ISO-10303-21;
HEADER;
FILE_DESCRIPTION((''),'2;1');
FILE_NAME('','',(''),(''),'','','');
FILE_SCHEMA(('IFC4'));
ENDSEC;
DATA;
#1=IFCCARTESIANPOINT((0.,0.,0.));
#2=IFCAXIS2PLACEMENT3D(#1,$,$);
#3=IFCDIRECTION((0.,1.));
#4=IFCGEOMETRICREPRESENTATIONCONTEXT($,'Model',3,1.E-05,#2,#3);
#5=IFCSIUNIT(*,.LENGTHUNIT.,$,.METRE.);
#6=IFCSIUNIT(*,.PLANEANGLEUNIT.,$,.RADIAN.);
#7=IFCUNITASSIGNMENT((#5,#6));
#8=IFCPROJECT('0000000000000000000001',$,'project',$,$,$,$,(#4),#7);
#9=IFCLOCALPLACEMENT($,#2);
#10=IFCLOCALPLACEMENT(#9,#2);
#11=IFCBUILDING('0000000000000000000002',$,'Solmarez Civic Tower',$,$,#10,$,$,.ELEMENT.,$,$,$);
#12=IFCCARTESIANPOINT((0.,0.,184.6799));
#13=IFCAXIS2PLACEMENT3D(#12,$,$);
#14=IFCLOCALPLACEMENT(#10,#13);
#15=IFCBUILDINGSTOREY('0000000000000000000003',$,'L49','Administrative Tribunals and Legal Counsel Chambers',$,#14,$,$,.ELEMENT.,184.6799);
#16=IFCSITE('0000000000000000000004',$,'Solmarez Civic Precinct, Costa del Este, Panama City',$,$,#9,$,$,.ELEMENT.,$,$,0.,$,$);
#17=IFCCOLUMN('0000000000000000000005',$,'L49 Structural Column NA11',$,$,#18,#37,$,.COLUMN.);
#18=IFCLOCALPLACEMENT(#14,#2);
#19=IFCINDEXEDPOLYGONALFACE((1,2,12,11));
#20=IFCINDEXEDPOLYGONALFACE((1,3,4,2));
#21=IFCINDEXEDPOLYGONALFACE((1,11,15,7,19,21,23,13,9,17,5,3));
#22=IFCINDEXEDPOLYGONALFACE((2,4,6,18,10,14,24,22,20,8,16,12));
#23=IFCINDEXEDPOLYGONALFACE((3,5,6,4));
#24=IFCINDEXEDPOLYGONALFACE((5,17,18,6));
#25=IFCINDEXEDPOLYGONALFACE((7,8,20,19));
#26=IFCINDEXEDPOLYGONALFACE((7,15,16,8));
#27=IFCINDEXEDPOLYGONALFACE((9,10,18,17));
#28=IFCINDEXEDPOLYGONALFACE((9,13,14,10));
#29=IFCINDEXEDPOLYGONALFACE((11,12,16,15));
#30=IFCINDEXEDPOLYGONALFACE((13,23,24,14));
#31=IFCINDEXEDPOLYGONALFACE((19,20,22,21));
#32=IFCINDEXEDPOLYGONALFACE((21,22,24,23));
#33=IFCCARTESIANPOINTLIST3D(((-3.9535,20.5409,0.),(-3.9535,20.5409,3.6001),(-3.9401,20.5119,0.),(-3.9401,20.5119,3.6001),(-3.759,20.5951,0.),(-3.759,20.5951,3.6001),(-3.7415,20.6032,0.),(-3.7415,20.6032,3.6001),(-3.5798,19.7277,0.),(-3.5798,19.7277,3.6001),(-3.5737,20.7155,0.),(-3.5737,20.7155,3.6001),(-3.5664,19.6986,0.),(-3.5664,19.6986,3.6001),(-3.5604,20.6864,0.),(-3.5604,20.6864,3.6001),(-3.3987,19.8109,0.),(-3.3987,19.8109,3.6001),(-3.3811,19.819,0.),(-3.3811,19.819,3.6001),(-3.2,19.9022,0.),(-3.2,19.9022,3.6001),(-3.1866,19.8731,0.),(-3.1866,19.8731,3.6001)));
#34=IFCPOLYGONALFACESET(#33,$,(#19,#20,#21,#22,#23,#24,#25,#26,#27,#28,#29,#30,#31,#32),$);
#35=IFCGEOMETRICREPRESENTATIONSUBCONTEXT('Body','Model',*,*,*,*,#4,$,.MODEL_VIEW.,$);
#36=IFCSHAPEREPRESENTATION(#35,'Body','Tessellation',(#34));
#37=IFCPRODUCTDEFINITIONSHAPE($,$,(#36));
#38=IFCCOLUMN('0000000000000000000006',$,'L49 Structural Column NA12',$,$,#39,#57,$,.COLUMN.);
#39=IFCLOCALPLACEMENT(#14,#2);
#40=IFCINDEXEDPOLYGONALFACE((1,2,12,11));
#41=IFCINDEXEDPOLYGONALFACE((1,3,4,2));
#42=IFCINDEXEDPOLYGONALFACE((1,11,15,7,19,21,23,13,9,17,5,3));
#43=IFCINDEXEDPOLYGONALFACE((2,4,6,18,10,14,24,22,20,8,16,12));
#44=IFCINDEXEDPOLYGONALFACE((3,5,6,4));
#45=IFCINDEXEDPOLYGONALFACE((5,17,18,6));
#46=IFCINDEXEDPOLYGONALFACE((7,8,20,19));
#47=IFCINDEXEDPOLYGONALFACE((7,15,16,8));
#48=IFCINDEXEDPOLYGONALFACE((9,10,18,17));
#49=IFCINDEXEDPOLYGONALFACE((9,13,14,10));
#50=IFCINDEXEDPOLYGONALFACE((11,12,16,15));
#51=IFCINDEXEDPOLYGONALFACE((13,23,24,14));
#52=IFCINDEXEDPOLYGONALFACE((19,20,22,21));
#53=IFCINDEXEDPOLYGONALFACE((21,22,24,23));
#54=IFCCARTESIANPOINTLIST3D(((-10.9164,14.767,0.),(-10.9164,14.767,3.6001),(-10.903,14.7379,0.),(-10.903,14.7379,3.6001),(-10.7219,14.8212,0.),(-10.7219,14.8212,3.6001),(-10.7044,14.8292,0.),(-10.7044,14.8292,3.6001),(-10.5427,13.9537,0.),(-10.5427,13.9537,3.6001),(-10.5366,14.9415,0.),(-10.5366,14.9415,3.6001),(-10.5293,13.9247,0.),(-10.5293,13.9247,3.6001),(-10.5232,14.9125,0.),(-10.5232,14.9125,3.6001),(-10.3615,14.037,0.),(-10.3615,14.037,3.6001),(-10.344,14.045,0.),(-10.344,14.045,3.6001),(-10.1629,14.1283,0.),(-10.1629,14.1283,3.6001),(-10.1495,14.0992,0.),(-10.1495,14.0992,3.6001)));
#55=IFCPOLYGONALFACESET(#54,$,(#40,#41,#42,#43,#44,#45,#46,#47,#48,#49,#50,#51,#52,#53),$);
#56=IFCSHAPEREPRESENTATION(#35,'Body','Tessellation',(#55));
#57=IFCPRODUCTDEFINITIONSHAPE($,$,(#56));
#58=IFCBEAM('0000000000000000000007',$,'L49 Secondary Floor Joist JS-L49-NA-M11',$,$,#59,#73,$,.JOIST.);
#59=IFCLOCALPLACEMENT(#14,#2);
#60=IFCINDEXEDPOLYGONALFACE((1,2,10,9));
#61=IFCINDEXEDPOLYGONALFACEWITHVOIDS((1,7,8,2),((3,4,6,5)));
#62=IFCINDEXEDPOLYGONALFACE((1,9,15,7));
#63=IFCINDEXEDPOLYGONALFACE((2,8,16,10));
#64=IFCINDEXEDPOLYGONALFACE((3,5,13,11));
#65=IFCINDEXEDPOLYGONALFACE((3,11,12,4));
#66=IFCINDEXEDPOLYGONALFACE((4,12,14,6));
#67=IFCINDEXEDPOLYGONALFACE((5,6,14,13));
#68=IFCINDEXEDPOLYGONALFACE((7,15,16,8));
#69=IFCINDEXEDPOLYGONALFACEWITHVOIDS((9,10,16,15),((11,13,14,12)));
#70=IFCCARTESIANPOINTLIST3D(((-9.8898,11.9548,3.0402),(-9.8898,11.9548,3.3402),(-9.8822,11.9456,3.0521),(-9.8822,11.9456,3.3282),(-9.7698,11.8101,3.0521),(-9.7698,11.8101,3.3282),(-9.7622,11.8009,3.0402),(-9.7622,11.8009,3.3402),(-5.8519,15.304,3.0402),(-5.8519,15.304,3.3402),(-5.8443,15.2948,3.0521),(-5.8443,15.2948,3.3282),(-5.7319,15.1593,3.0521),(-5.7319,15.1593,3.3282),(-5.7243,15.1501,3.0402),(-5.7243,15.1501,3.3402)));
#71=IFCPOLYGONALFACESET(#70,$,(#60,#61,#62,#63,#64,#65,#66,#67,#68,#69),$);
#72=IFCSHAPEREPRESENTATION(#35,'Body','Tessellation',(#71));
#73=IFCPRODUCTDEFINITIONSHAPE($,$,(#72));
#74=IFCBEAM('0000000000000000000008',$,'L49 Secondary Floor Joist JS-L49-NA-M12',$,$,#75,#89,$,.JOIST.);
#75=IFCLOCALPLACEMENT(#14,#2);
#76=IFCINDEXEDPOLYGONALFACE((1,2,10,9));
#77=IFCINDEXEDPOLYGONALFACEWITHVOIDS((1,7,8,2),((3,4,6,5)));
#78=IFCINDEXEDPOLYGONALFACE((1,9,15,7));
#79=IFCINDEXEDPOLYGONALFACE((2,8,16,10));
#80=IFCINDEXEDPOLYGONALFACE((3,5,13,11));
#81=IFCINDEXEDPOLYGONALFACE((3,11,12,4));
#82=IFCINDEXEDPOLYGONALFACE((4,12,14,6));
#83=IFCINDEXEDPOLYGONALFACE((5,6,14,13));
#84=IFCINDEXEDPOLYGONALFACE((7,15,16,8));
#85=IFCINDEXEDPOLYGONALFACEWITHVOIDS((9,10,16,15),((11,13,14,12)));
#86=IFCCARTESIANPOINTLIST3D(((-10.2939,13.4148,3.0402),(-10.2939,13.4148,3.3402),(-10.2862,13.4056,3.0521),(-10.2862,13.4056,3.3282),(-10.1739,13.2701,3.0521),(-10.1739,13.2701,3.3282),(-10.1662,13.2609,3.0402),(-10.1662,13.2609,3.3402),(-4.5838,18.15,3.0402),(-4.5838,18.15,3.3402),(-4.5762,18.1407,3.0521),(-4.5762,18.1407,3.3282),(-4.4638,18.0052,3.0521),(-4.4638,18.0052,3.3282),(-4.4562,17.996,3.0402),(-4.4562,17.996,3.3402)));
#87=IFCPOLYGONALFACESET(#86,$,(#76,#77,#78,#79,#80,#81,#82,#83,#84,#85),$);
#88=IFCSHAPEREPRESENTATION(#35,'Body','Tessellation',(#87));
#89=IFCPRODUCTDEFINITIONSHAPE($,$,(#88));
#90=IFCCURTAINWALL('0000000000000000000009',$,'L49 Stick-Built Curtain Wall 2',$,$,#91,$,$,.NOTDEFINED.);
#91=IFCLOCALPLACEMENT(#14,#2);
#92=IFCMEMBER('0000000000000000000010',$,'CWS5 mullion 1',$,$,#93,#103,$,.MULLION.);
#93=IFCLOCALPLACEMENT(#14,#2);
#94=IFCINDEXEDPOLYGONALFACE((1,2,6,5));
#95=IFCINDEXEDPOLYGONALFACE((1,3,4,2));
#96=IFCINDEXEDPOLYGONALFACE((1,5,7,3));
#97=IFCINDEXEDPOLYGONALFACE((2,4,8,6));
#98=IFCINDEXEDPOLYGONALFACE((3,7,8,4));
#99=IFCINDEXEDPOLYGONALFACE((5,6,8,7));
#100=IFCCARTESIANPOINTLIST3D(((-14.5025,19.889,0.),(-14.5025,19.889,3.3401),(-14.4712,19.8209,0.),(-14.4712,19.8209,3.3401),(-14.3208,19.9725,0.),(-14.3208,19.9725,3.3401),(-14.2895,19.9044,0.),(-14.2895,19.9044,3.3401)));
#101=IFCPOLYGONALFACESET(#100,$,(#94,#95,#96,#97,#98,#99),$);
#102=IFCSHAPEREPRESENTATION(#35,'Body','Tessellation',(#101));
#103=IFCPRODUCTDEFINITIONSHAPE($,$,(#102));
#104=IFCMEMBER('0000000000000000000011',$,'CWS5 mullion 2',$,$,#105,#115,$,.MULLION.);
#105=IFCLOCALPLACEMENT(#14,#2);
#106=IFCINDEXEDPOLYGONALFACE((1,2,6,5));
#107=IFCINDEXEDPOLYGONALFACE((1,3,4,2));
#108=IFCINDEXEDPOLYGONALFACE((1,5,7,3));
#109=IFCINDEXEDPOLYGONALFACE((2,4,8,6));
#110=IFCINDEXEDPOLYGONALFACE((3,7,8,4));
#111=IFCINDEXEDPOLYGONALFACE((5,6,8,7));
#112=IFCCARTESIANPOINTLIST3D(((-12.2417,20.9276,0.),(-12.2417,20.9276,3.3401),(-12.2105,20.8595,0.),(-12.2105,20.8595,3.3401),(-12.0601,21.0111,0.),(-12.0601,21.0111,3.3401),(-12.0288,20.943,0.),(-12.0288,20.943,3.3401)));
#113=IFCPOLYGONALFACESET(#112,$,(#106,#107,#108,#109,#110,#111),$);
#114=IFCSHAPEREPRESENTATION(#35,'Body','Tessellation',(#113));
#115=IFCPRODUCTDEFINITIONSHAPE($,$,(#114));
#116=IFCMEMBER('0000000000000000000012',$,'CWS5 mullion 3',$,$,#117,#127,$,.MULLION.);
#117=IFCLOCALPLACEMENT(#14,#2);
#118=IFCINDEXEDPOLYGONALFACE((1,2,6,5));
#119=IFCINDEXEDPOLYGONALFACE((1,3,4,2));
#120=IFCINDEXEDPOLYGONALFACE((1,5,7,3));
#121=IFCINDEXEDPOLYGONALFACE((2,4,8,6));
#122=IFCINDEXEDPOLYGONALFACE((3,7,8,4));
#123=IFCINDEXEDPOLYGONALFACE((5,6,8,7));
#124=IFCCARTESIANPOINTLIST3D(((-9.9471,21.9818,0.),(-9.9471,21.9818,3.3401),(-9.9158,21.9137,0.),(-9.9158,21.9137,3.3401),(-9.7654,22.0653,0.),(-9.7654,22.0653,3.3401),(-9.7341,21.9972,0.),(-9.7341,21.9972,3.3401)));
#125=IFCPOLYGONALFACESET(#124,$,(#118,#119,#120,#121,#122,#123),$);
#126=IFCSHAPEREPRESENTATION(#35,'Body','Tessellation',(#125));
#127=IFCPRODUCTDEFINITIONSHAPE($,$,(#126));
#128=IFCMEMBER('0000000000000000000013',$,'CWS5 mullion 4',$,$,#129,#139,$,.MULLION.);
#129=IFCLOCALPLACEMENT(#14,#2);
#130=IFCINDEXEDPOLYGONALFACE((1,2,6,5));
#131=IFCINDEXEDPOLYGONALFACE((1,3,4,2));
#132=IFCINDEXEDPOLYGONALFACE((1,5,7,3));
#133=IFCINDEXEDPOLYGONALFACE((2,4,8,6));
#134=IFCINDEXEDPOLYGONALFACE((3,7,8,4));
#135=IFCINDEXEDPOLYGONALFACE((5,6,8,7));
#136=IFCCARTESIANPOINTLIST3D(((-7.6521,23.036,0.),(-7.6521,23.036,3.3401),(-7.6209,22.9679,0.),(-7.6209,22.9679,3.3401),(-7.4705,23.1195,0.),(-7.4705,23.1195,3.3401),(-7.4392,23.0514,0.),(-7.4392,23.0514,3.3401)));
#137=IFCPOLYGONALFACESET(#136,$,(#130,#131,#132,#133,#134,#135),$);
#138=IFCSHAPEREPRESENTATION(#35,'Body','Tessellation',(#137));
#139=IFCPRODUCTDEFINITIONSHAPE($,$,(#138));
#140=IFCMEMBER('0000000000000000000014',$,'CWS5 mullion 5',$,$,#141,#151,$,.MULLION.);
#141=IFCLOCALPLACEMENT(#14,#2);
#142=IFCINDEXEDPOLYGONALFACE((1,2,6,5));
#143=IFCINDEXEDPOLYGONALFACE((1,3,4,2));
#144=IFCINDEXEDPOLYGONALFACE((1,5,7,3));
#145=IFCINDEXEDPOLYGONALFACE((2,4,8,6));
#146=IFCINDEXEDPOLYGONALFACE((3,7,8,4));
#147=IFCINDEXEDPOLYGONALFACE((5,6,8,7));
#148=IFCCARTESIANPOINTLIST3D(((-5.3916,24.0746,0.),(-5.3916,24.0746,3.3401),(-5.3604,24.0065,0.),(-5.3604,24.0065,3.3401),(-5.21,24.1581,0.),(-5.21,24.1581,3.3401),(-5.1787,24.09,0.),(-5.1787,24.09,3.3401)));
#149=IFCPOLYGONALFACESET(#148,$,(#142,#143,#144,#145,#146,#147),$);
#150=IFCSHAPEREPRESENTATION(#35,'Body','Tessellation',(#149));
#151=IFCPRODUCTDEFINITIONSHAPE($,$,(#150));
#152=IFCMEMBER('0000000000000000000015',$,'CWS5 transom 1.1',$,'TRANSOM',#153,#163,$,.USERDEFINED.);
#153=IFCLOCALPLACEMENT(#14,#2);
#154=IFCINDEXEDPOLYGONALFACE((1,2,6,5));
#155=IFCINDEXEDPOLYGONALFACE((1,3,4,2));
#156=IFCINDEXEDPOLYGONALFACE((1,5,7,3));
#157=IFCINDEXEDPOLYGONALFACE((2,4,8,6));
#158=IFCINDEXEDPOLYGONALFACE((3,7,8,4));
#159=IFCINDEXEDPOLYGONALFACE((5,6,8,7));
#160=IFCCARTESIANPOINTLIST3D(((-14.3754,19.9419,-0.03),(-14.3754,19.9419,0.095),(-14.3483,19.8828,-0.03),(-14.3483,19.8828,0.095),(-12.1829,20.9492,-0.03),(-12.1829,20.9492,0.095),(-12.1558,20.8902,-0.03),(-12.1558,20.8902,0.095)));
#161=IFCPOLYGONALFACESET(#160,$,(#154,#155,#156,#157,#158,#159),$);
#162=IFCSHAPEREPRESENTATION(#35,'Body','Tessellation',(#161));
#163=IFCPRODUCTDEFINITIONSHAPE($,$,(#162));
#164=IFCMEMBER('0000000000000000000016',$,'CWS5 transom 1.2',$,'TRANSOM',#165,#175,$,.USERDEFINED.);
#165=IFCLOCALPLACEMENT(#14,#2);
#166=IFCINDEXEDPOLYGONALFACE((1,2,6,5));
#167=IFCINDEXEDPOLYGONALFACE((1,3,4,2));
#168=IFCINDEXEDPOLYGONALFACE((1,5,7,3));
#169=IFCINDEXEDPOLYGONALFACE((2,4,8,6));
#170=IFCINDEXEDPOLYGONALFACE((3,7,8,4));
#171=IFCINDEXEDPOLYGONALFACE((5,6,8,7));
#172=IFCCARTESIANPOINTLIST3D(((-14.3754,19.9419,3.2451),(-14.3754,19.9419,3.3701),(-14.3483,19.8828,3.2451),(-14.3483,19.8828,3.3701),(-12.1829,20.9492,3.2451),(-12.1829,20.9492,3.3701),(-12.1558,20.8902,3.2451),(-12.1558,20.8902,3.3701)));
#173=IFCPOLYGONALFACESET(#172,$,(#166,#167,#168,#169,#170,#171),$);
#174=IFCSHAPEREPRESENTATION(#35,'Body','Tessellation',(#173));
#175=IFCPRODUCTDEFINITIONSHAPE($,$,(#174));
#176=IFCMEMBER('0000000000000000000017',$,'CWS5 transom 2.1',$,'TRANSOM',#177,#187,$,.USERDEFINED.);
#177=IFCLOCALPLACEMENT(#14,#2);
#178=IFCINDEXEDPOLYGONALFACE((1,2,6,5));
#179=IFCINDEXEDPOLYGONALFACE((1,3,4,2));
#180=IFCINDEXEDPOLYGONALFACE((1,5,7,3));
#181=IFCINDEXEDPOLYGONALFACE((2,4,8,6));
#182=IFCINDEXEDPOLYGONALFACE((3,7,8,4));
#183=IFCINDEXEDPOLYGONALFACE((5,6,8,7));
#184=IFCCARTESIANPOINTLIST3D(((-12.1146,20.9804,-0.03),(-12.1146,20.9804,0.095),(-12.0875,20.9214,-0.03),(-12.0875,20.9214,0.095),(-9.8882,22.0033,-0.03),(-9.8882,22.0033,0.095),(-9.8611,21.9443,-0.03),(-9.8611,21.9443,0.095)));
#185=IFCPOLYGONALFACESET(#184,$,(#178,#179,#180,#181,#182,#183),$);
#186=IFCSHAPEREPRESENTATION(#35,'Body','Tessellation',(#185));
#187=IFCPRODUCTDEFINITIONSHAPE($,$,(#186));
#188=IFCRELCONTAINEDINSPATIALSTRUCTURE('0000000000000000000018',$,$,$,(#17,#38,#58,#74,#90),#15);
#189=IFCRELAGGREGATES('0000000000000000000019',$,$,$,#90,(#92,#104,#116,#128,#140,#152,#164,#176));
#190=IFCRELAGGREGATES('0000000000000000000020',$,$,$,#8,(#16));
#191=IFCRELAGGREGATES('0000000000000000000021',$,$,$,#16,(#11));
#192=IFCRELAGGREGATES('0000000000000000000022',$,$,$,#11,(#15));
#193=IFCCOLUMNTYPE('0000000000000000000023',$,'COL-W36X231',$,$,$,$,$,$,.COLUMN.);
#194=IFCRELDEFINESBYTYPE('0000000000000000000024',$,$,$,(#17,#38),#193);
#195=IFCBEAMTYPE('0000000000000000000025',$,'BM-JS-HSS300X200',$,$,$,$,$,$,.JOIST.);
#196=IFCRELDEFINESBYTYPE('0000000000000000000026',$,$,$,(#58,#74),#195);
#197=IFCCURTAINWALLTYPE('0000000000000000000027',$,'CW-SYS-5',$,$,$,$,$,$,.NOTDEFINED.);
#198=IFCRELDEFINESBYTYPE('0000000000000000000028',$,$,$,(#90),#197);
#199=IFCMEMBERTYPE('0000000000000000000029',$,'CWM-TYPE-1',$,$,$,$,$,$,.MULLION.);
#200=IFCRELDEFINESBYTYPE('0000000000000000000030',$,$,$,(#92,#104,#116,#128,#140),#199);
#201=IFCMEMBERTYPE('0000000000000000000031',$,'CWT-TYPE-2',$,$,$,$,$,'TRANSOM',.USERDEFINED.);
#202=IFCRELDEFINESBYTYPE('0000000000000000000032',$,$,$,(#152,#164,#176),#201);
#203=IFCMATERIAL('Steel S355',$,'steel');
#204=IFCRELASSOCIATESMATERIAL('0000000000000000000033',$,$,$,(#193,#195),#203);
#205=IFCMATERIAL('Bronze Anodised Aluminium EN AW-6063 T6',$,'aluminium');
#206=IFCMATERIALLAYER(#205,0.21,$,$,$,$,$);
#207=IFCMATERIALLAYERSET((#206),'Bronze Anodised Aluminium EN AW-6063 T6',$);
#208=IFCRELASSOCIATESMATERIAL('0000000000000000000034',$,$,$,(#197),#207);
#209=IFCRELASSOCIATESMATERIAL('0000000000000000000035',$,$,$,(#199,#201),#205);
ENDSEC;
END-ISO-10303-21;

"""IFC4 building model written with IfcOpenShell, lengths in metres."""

from ifc_helpers import new_model, si_unit, direction, frame, origin, origin_2d, place, context, subcontext, project, spatial, rectangle, hollow_rectangle, i_section, extrude, material, layer, layer_set, material_profile, profile_set, type_object, element, aggregate, save


model = new_model("IFC4")

# Units and contexts
model_context = context("Model", 3, precision=1e-05, world=origin(), true_north=direction((0.0, 1.0)))
body_context = subcontext(model_context, "Body", "Model", "MODEL_VIEW")
ifc_project = project(units=[si_unit("LENGTHUNIT", "METRE"), si_unit("PLANEANGLEUNIT", "RADIAN")], contexts=[model_context])

# Site, building, storey
site_placement = place(None, origin())
site = spatial("IfcSite", under=ifc_project, at=site_placement, Name="Solmarez Civic Precinct, Costa del Este, Panama City", CompositionType="ELEMENT", RefElevation=0.0)
building_placement = place(site_placement, origin())
building = spatial("IfcBuilding", under=site, at=building_placement, Name="Solmarez Civic Tower", CompositionType="ELEMENT")
storey_placement = place(building_placement, frame((0.0, 0.0, 184.6799)))
storey = spatial("IfcBuildingStorey", under=building, at=storey_placement, Name="L49", Description="Administrative Tribunals and Legal Counsel Chambers", CompositionType="ELEMENT", Elevation=184.6799)

# Columns
ifc_material_1 = material(Name="Steel S355", Category="steel")
ifc_material_profile_1 = material_profile(ifc_material_1, i_section(OverallWidth=0.418, OverallDepth=0.927, WebThickness=0.0193, FlangeThickness=0.032, at=origin_2d()), Name="W36X231")
ifc_profile_set_1 = profile_set([ifc_material_profile_1], Name="Steel S355")
column_type = type_object("IfcColumnType", Name="COL-W36X231", PredefinedType="COLUMN", material=ifc_profile_set_1)
for number, where, z_axis, x_axis, name in (
    (1, (-3.5701, 20.207, 0.0), (0.0, 0.0, 1.0), (0.908654, 0.41755, 0.0), "L49 Structural Column NA11"),
    (2, (-10.533, 14.4331, 0.0), (0.0, 0.0, 1.0), (0.908654, 0.41755, 0.0), "L49 Structural Column NA12"),
):
    element("IfcColumn", number, at=place(storey_placement, frame(where, z_axis=z_axis, x_axis=x_axis)), inside=storey, type_object=column_type, Name=name, PredefinedType="COLUMN", context=body_context, shape_type="SweptSolid", body=[
        extrude(i_section(OverallWidth=0.418, OverallDepth=0.927, WebThickness=0.0193, FlangeThickness=0.032, at=origin_2d()), origin(), (0.0, 0.0, 1.0), 3.6001),
    ])

# Beams
ifc_material_profile_2 = material_profile(ifc_material_1, hollow_rectangle(XDim=0.2, YDim=0.3, WallThickness=0.012, at=origin_2d()), Name="HSS300X200X12")
ifc_profile_set_2 = profile_set([ifc_material_profile_2], Name="Steel S355")
beam_type = type_object("IfcBeamType", Name="BM-JS-HSS300X200", PredefinedType="JOIST", material=ifc_profile_set_2)
beam_1_placement = place(storey_placement, frame((-5.7881, 15.2271, 3.1902), z_axis=(-0.769695, -0.638411, 0.0), x_axis=(0.638411, -0.769695, 0.0)))
element("IfcBeam", 3, at=beam_1_placement, inside=storey, type_object=beam_type, Name="L49 Secondary Floor Joist JS-L49-NA-M11", PredefinedType="JOIST", context=body_context, shape_type="SweptSolid", body=[
    extrude(hollow_rectangle(XDim=0.2, YDim=0.3, WallThickness=0.012, at=origin_2d()), origin(), (0.0, 0.0, 1.0), 5.2461),
])
beam_2_placement = place(storey_placement, frame((-4.52, 18.073, 3.1902), z_axis=(-0.769757, -0.638337, 0.0), x_axis=(0.638337, -0.769757, 0.0)))
element("IfcBeam", 4, at=beam_2_placement, inside=storey, type_object=beam_type, Name="L49 Secondary Floor Joist JS-L49-NA-M12", PredefinedType="JOIST", context=body_context, shape_type="SweptSolid", body=[
    extrude(hollow_rectangle(XDim=0.2, YDim=0.3, WallThickness=0.012, at=origin_2d()), origin(), (0.0, 0.0, 1.0), 7.418),
])

# Curtain wall, members
ifc_material_2 = material(Name="Bronze Anodised Aluminium EN AW-6063 T6", Category="aluminium")
ifc_layer_1 = layer(ifc_material_2, 0.21)
ifc_layer_set_1 = layer_set([ifc_layer_1], Name="Bronze Anodised Aluminium EN AW-6063 T6")
curtain_wall_type = type_object("IfcCurtainWallType", Name="CW-SYS-5", PredefinedType="NOTDEFINED", material=ifc_layer_set_1)
curtain_wall_placement = place(storey_placement, origin())
curtain_wall = element("IfcCurtainWall", 5, at=curtain_wall_placement, inside=storey, type_object=curtain_wall_type, Name="L49 Stick-Built Curtain Wall 2", PredefinedType="NOTDEFINED")
ifc_material_profile_3 = material_profile(ifc_material_2, rectangle(XDim=0.075, YDim=0.2, at=origin_2d()), Name="CWM-75X200")
ifc_profile_set_3 = profile_set([ifc_material_profile_3], Name="Bronze Anodised Aluminium EN AW-6063 T6")
member_type_1 = type_object("IfcMemberType", Name="CWM-TYPE-1", PredefinedType="MULLION", material=ifc_profile_set_3)
member_1_placement = place(storey_placement, frame((-14.396, 19.8967, 0.0), z_axis=(0.0, 0.0, 1.0), x_axis=(-0.417469, 0.908691, 0.0)))
member_1 = element("IfcMember", 6, at=member_1_placement, type_object=member_type_1, Name="CWS5 mullion 1", PredefinedType="MULLION", context=body_context, shape_type="SweptSolid", body=[
    extrude(rectangle(XDim=0.075, YDim=0.2, at=origin_2d()), origin(), (0.0, 0.0, 1.0), 3.3401),
])
member_2_placement = place(storey_placement, frame((-12.1353, 20.9353, 0.0), z_axis=(0.0, 0.0, 1.0), x_axis=(-0.417469, 0.908691, 0.0)))
member_2 = element("IfcMember", 7, at=member_2_placement, type_object=member_type_1, Name="CWS5 mullion 2", PredefinedType="MULLION", context=body_context, shape_type="SweptSolid", body=[
    extrude(rectangle(XDim=0.075, YDim=0.2, at=origin_2d()), origin(), (0.0, 0.0, 1.0), 3.3401),
])
member_3_placement = place(storey_placement, frame((-9.8406, 21.9895, 0.0), z_axis=(0.0, 0.0, 1.0), x_axis=(-0.417469, 0.908691, 0.0)))
member_3 = element("IfcMember", 8, at=member_3_placement, type_object=member_type_1, Name="CWS5 mullion 3", PredefinedType="MULLION", context=body_context, shape_type="SweptSolid", body=[
    extrude(rectangle(XDim=0.075, YDim=0.2, at=origin_2d()), origin(), (0.0, 0.0, 1.0), 3.3401),
])
member_4_placement = place(storey_placement, frame((-7.5457, 23.0437, 0.0), z_axis=(0.0, 0.0, 1.0), x_axis=(-0.417469, 0.908691, 0.0)))
member_4 = element("IfcMember", 9, at=member_4_placement, type_object=member_type_1, Name="CWS5 mullion 4", PredefinedType="MULLION", context=body_context, shape_type="SweptSolid", body=[
    extrude(rectangle(XDim=0.075, YDim=0.2, at=origin_2d()), origin(), (0.0, 0.0, 1.0), 3.3401),
])
member_5_placement = place(storey_placement, frame((-5.2852, 24.0823, 0.0), z_axis=(0.0, 0.0, 1.0), x_axis=(-0.417469, 0.908691, 0.0)))
member_5 = element("IfcMember", 10, at=member_5_placement, type_object=member_type_1, Name="CWS5 mullion 5", PredefinedType="MULLION", context=body_context, shape_type="SweptSolid", body=[
    extrude(rectangle(XDim=0.075, YDim=0.2, at=origin_2d()), origin(), (0.0, 0.0, 1.0), 3.3401),
])
ifc_material_profile_4 = material_profile(ifc_material_2, rectangle(XDim=0.0649, YDim=0.125, at=origin_2d()), Name="CWT-65X125")
ifc_profile_set_4 = profile_set([ifc_material_profile_4], Name="Bronze Anodised Aluminium EN AW-6063 T6")
member_type_2 = type_object("IfcMemberType", Name="CWT-TYPE-2", ElementType="TRANSOM", PredefinedType="USERDEFINED", material=ifc_profile_set_4)
member_6_placement = place(storey_placement, frame((-14.3618, 19.9124, 0.0325), z_axis=(0.908675, 0.417505, 0.0), x_axis=(-0.417505, 0.908675, 0.0)))
member_6 = element("IfcMember", 11, at=member_6_placement, type_object=member_type_2, Name="CWS5 transom 1.1", ObjectType="TRANSOM", PredefinedType="USERDEFINED", context=body_context, shape_type="SweptSolid", body=[
    extrude(rectangle(XDim=0.0649, YDim=0.125, at=origin_2d()), origin(), (0.0, 0.0, 1.0), 2.4128),
])
member_7_placement = place(storey_placement, frame((-14.3618, 19.9124, 3.3076), z_axis=(0.908675, 0.417505, 0.0), x_axis=(-0.417505, 0.908675, 0.0)))
member_7 = element("IfcMember", 12, at=member_7_placement, type_object=member_type_2, Name="CWS5 transom 1.2", ObjectType="TRANSOM", PredefinedType="USERDEFINED", context=body_context, shape_type="SweptSolid", body=[
    extrude(rectangle(XDim=0.0649, YDim=0.125, at=origin_2d()), origin(), (0.0, 0.0, 1.0), 2.4128),
])
member_8_placement = place(storey_placement, frame((-12.1011, 20.9509, 0.0325), z_axis=(0.908687, 0.417478, 0.0), x_axis=(-0.417478, 0.908687, 0.0)))
member_8 = element("IfcMember", 13, at=member_8_placement, type_object=member_type_2, Name="CWS5 transom 2.1", ObjectType="TRANSOM", PredefinedType="USERDEFINED", context=body_context, shape_type="SweptSolid", body=[
    extrude(rectangle(XDim=0.0649, YDim=0.125, at=origin_2d()), origin(), (0.0, 0.0, 1.0), 2.4502),
])
aggregate(curtain_wall, [member_1, member_2, member_3, member_4, member_5, member_6, member_7, member_8])

save(model, "model.ifc")
